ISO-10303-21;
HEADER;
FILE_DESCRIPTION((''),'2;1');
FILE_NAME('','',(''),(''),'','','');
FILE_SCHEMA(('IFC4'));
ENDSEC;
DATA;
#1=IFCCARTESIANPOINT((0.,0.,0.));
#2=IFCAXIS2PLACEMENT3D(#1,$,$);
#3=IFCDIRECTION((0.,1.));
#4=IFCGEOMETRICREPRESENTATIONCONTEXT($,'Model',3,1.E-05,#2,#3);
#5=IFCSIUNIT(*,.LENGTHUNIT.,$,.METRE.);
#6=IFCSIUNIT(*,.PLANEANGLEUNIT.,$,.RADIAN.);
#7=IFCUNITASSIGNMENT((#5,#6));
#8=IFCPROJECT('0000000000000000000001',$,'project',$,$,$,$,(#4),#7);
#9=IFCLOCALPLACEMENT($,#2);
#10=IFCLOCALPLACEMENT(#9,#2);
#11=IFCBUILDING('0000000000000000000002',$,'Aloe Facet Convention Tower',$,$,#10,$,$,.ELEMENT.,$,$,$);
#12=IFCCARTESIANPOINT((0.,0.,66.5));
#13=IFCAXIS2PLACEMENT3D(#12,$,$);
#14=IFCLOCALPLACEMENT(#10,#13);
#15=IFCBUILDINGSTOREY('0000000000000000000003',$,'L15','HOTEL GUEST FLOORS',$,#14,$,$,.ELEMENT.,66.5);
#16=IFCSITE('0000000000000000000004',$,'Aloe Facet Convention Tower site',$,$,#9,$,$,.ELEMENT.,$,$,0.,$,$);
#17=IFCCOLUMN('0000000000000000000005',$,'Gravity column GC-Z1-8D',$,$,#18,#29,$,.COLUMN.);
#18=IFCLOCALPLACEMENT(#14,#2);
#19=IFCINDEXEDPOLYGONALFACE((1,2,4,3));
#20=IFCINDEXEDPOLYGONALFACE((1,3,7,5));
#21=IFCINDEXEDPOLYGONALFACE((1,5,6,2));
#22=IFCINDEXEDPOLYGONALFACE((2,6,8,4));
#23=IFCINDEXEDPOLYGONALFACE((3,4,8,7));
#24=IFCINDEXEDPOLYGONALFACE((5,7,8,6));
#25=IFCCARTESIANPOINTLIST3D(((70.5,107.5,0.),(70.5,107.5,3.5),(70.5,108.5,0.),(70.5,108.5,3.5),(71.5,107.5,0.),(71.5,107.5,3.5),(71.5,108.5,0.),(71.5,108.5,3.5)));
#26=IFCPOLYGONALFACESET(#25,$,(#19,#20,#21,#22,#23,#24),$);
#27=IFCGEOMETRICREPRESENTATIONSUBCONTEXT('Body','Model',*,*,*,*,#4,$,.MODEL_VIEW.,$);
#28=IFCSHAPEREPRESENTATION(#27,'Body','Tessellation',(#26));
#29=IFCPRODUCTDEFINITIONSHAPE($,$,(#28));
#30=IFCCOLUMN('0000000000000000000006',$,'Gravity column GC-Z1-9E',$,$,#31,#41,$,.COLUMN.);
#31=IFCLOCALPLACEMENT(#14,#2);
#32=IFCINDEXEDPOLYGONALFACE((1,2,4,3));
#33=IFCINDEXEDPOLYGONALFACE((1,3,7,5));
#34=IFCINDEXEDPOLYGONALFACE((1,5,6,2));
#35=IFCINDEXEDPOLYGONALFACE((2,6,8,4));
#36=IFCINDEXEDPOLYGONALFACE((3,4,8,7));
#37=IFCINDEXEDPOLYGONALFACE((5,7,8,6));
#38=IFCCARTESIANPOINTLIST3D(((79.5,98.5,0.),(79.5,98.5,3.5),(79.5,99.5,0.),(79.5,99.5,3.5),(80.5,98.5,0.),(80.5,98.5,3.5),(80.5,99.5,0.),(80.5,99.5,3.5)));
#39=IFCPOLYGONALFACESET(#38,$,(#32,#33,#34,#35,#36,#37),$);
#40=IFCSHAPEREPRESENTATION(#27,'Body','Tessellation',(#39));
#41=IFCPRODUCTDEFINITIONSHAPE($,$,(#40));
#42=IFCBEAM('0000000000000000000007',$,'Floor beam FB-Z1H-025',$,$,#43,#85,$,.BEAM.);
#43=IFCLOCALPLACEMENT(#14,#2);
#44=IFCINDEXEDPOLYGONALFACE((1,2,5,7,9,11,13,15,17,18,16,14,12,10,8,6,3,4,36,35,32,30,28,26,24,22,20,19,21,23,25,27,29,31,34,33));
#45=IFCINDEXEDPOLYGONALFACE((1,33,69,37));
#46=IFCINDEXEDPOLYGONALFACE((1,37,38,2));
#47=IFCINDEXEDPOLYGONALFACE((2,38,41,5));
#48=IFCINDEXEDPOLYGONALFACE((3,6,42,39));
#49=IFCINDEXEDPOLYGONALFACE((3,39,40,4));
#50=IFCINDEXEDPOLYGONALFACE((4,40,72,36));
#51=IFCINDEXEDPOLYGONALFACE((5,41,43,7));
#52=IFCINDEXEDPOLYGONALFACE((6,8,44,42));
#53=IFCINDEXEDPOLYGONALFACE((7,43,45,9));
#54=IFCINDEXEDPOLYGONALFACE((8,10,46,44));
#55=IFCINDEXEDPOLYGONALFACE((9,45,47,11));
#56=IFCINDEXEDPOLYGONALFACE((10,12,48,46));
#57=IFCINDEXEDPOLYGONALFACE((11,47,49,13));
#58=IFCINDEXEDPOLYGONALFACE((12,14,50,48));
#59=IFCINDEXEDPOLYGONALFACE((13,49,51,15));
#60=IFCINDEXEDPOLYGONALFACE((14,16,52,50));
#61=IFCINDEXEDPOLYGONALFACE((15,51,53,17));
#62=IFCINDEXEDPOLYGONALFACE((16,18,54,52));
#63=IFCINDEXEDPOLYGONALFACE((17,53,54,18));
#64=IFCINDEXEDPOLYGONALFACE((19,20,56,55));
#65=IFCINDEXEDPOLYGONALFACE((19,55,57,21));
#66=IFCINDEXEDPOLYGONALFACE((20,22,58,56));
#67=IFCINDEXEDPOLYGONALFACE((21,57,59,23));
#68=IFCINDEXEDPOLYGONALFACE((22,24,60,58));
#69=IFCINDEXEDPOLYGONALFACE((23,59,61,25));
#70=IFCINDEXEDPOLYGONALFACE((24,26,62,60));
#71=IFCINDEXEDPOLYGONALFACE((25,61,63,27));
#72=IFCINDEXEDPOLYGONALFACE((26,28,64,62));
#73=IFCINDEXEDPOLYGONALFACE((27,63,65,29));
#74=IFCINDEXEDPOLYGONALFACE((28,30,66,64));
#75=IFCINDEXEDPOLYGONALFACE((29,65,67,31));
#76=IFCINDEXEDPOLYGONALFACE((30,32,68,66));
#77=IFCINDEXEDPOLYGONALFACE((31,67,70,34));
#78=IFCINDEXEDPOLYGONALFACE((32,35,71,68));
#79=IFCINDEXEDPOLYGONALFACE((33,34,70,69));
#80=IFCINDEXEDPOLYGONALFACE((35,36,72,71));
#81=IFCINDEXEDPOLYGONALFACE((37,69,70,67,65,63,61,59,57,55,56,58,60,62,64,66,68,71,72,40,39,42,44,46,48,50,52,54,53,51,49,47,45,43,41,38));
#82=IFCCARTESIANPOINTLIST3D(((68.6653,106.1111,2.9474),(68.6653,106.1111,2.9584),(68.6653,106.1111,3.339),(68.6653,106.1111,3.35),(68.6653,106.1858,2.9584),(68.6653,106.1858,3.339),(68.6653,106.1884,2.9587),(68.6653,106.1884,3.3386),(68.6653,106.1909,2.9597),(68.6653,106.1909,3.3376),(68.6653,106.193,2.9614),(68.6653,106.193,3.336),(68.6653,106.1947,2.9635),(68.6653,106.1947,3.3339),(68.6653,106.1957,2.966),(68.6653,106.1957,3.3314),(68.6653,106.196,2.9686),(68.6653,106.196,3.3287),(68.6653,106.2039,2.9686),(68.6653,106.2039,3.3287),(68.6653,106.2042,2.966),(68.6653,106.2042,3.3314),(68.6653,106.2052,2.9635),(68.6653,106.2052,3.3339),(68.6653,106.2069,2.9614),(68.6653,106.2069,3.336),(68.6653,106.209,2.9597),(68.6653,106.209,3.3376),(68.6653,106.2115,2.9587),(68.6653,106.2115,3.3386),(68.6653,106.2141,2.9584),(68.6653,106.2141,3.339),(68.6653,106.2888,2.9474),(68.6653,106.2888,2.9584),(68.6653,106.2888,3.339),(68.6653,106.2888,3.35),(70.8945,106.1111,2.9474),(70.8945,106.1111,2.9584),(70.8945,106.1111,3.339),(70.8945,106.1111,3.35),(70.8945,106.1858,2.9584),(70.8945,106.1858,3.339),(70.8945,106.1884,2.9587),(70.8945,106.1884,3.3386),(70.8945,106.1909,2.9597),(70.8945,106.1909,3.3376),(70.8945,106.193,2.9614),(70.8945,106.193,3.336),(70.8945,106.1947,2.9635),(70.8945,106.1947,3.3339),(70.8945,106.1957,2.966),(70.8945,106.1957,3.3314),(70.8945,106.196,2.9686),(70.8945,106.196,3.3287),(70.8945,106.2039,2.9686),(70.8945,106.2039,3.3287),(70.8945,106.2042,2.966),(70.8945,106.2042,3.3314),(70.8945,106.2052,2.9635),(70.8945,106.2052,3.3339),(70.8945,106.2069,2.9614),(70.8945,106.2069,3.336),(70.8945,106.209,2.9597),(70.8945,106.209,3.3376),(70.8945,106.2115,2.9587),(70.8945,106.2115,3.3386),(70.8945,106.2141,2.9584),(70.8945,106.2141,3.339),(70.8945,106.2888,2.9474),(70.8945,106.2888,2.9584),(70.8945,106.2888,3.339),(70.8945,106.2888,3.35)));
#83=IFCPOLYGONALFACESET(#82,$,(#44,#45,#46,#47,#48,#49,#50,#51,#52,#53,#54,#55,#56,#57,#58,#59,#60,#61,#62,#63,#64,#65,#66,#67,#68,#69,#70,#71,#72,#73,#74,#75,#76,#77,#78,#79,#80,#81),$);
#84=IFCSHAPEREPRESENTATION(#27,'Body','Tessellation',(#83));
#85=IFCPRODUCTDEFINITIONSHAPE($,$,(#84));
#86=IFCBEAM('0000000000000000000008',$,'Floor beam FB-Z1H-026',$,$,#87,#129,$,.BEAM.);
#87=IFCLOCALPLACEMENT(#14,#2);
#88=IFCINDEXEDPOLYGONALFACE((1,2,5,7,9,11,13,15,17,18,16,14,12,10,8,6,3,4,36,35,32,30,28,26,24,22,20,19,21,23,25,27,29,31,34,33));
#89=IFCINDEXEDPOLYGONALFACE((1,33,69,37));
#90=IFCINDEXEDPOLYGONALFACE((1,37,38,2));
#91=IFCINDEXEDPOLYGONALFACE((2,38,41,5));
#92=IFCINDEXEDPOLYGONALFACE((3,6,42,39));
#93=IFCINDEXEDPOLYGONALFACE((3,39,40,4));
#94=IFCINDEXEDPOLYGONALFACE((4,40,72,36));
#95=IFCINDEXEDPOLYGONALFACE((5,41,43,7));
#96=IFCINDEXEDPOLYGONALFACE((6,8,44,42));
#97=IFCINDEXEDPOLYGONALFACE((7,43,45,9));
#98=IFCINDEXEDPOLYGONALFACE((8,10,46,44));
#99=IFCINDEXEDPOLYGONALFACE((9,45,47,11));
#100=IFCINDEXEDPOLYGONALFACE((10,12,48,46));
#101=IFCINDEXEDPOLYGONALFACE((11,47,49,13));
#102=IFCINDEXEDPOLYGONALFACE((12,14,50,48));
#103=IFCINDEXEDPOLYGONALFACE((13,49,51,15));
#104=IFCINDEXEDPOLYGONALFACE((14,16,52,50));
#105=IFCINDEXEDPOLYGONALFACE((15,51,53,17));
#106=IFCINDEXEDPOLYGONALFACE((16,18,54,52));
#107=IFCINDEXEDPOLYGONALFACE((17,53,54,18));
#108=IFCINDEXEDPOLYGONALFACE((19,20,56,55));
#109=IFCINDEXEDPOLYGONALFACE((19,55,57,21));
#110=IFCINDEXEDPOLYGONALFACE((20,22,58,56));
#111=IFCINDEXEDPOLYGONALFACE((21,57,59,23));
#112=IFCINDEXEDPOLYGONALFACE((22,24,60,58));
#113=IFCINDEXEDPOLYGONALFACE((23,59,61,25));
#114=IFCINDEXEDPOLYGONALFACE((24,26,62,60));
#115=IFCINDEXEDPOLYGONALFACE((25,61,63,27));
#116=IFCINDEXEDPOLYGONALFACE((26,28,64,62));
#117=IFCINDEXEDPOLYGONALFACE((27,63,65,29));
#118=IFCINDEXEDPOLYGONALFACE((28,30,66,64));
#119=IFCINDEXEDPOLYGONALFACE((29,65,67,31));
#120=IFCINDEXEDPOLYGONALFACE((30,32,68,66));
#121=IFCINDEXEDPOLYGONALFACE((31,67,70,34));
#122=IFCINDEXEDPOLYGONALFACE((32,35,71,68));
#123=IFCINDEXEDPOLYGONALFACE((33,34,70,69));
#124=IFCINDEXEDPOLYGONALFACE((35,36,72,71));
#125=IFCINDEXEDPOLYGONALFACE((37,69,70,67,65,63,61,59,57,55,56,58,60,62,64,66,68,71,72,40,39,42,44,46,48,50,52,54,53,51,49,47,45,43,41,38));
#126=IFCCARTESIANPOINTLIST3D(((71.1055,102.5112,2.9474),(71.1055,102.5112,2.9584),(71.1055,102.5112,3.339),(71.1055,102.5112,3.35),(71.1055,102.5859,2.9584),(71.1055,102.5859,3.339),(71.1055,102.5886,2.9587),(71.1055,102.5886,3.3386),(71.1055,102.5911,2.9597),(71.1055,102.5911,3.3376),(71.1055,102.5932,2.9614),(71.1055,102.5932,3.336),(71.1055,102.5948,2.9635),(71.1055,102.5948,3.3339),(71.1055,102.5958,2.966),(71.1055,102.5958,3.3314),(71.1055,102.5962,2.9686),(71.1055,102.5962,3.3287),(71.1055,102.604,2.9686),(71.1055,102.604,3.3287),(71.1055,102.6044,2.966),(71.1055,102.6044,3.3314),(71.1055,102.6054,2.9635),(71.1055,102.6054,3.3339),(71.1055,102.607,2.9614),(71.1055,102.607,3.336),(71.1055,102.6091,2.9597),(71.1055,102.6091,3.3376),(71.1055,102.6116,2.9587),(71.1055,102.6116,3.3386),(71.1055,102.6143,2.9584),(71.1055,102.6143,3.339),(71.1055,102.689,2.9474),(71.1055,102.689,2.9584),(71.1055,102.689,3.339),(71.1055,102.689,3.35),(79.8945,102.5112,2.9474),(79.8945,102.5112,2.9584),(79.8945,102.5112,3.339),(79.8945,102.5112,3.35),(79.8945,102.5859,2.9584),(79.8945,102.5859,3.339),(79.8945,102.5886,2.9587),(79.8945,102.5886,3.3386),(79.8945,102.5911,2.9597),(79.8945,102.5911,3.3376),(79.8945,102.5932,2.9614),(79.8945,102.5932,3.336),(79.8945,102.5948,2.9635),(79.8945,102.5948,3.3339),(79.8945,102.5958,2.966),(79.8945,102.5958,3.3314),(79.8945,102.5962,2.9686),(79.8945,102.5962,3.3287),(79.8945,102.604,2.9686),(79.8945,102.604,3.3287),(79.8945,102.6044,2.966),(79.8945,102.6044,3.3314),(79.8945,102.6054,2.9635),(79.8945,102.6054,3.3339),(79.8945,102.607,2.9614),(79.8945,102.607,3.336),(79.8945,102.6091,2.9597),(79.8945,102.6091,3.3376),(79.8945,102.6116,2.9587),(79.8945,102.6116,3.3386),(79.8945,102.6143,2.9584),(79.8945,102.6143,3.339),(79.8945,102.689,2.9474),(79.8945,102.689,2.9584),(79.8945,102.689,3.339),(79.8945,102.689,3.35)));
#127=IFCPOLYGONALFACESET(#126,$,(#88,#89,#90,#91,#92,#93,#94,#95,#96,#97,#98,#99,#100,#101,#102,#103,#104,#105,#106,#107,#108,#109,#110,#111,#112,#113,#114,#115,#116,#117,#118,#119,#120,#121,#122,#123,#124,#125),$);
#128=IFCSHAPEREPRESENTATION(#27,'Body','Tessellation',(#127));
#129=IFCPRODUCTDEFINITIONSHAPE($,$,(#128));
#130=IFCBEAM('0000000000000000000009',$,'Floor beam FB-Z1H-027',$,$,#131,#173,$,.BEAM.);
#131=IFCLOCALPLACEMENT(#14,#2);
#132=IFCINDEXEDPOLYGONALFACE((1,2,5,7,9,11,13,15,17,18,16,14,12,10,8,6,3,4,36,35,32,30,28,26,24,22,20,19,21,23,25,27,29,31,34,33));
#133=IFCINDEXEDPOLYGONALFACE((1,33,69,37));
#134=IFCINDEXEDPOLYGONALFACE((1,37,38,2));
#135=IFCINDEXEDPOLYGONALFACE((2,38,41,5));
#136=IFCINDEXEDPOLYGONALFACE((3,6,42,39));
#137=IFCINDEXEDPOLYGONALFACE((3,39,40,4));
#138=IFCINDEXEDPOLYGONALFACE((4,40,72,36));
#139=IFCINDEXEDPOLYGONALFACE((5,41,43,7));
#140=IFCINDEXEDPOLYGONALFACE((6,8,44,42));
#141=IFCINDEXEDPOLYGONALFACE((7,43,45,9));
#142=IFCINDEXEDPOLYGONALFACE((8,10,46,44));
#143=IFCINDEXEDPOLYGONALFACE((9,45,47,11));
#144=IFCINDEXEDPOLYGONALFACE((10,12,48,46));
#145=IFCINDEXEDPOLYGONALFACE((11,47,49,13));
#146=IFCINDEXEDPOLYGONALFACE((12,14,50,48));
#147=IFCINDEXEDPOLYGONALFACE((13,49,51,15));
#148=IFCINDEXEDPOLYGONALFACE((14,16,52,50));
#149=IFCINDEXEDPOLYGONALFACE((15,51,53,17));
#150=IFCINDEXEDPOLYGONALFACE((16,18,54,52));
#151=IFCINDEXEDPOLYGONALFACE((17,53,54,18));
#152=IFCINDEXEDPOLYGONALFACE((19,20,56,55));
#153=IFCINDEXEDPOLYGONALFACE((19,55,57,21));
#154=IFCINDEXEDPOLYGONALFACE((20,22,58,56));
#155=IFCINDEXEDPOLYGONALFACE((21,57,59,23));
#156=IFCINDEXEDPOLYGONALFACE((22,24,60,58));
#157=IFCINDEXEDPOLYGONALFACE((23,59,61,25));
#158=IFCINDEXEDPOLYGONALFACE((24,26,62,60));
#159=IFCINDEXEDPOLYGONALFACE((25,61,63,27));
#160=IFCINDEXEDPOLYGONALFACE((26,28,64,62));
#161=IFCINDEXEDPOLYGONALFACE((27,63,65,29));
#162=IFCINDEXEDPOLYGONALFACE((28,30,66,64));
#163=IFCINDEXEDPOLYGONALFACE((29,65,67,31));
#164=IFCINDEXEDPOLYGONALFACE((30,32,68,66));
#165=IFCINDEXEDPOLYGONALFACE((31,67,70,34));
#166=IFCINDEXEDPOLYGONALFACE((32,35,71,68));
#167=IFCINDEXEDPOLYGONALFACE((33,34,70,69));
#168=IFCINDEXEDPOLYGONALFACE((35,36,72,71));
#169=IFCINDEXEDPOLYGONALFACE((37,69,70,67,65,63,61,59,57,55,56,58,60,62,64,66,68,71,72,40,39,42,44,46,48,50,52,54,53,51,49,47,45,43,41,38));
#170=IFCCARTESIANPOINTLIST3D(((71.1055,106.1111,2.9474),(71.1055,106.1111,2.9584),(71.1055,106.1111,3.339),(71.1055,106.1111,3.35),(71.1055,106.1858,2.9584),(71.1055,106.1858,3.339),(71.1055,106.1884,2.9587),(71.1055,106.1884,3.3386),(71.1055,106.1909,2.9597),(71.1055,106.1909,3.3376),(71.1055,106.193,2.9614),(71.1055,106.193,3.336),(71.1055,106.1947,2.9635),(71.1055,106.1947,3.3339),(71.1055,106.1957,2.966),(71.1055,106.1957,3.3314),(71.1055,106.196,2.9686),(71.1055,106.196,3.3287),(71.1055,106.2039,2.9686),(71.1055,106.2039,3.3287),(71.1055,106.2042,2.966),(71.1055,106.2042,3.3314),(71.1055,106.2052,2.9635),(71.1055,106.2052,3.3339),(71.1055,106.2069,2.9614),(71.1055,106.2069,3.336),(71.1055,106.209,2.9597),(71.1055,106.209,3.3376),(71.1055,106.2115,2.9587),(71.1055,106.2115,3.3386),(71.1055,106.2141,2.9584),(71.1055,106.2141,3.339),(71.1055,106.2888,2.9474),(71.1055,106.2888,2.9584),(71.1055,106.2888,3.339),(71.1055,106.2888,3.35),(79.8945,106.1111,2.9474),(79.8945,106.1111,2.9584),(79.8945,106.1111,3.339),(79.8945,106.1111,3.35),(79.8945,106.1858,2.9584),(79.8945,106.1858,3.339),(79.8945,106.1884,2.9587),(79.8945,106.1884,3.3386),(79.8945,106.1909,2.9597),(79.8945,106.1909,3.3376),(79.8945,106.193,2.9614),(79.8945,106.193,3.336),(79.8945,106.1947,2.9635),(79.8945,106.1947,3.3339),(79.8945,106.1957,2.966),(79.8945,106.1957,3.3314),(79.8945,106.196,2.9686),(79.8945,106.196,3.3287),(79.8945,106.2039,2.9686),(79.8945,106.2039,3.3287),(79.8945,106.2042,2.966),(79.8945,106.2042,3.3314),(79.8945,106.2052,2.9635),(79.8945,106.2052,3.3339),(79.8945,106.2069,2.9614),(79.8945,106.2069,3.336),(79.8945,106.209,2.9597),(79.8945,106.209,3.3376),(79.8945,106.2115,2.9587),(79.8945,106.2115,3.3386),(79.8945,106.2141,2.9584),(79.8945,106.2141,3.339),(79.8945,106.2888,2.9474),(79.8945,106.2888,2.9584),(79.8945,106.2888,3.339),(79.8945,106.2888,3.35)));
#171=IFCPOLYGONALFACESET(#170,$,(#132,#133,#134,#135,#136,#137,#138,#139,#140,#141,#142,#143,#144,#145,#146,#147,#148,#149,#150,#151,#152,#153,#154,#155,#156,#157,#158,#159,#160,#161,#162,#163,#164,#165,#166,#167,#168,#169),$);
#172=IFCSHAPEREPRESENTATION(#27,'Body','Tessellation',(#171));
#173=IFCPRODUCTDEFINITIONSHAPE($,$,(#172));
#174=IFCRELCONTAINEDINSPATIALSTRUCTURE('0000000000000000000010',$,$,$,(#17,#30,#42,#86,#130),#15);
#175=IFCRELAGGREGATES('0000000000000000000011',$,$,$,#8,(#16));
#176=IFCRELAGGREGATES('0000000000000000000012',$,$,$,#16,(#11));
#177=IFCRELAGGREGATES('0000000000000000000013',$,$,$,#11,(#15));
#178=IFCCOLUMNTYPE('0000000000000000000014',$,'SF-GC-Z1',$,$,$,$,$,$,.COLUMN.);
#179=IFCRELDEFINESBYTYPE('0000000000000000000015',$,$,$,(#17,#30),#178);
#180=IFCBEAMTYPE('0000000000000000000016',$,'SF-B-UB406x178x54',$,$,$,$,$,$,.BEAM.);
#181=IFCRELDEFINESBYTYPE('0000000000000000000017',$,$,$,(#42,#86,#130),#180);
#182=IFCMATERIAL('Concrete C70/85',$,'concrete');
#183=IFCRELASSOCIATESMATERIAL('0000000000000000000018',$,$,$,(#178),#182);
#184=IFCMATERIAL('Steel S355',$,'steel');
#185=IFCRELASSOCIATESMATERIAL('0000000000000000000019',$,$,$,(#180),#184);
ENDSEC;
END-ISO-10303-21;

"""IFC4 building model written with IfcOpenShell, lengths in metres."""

from ifc_helpers import new_model, si_unit, direction, frame, origin, origin_2d, place, context, subcontext, project, spatial, rectangle, i_section, extrude, material, material_profile, profile_set, type_object, element, save


model = new_model("IFC4")

# Units and contexts
model_context = context("Model", 3, precision=1e-05, world=origin(), true_north=direction((0.0, 1.0)))
body_context = subcontext(model_context, "Body", "Model", "MODEL_VIEW")
ifc_project = project(units=[si_unit("LENGTHUNIT", "METRE"), si_unit("PLANEANGLEUNIT", "RADIAN")], contexts=[model_context])

# Site, building, storey
site_placement = place(None, origin())
site = spatial("IfcSite", under=ifc_project, at=site_placement, Name="Aloe Facet Convention Tower site", CompositionType="ELEMENT", RefElevation=0.0)
building_placement = place(site_placement, origin())
building = spatial("IfcBuilding", under=site, at=building_placement, Name="Aloe Facet Convention Tower", CompositionType="ELEMENT")
storey_placement = place(building_placement, frame((0.0, 0.0, 66.5)))
storey = spatial("IfcBuildingStorey", under=building, at=storey_placement, Name="L15", Description="HOTEL GUEST FLOORS", CompositionType="ELEMENT", Elevation=66.5)

# Columns
ifc_material_1 = material(Name="Concrete C70/85", Category="concrete")
ifc_material_profile_1 = material_profile(ifc_material_1, rectangle(XDim=1.0, YDim=1.0, at=origin_2d()), Name="SF-GC-Z1")
ifc_profile_set_1 = profile_set([ifc_material_profile_1], Name="Concrete C70/85")
column_type = type_object("IfcColumnType", Name="SF-GC-Z1", PredefinedType="COLUMN", material=ifc_profile_set_1)
for number, where, z_axis, x_axis, name in (
    (1, (71.0, 108.0, 0.0), (0.0, 0.0, 1.0), (1.0, 0.0, 0.0), "Gravity column GC-Z1-8D"),
    (2, (80.0, 99.0, 0.0), (0.0, 0.0, 1.0), (1.0, 0.0, 0.0), "Gravity column GC-Z1-9E"),
):
    element("IfcColumn", number, at=place(storey_placement, frame(where, z_axis=z_axis, x_axis=x_axis)), inside=storey, type_object=column_type, Name=name, PredefinedType="COLUMN", context=body_context, shape_type="SweptSolid", body=[
        extrude(rectangle(XDim=1.0, YDim=1.0, at=origin_2d()), origin(), (0.0, 0.0, 1.0), 3.5),
    ])

# Beams
ifc_material_2 = material(Name="Steel S355", Category="steel")
ifc_material_profile_2 = material_profile(ifc_material_2, i_section(OverallWidth=0.1777, OverallDepth=0.4026, WebThickness=0.0078, FlangeThickness=0.011, FilletRadius=0.0103, at=origin_2d()), Name="UB 406x178x54")
ifc_profile_set_2 = profile_set([ifc_material_profile_2], Name="Steel S355")
beam_type_1 = type_object("IfcBeamType", Name="SF-B-UB406x178x54", PredefinedType="BEAM", material=ifc_profile_set_2)
beam_1_placement = place(storey_placement, frame((68.6653, 106.2, 3.1487), z_axis=(1.0, 0.0, 0.0), x_axis=(0.0, 1.0, 0.0)))
element("IfcBeam", 3, at=beam_1_placement, inside=storey, type_object=beam_type_1, Name="Floor beam FB-Z1H-025", PredefinedType="BEAM", context=body_context, shape_type="SweptSolid", body=[
    extrude(i_section(OverallWidth=0.1777, OverallDepth=0.4026, WebThickness=0.0078, FlangeThickness=0.011, FilletRadius=0.0103, at=origin_2d()), origin(), (0.0, 0.0, 1.0), 2.2292),
])
for number, where, z_axis, x_axis, name in (
    (4, (71.1055, 102.6001, 3.1487), (1.0, 0.0, 0.0), (0.0, 1.0, 0.0), "Floor beam FB-Z1H-026"),
    (5, (71.1055, 106.2, 3.1487), (1.0, 0.0, 0.0), (0.0, 1.0, 0.0), "Floor beam FB-Z1H-027"),
):
    element("IfcBeam", number, at=place(storey_placement, frame(where, z_axis=z_axis, x_axis=x_axis)), inside=storey, type_object=beam_type_1, Name=name, PredefinedType="BEAM", context=body_context, shape_type="SweptSolid", body=[
        extrude(i_section(OverallWidth=0.1777, OverallDepth=0.4026, WebThickness=0.0078, FlangeThickness=0.011, FilletRadius=0.0103, at=origin_2d()), origin(), (0.0, 0.0, 1.0), 8.7891),
    ])

save(model, "model.ifc")
